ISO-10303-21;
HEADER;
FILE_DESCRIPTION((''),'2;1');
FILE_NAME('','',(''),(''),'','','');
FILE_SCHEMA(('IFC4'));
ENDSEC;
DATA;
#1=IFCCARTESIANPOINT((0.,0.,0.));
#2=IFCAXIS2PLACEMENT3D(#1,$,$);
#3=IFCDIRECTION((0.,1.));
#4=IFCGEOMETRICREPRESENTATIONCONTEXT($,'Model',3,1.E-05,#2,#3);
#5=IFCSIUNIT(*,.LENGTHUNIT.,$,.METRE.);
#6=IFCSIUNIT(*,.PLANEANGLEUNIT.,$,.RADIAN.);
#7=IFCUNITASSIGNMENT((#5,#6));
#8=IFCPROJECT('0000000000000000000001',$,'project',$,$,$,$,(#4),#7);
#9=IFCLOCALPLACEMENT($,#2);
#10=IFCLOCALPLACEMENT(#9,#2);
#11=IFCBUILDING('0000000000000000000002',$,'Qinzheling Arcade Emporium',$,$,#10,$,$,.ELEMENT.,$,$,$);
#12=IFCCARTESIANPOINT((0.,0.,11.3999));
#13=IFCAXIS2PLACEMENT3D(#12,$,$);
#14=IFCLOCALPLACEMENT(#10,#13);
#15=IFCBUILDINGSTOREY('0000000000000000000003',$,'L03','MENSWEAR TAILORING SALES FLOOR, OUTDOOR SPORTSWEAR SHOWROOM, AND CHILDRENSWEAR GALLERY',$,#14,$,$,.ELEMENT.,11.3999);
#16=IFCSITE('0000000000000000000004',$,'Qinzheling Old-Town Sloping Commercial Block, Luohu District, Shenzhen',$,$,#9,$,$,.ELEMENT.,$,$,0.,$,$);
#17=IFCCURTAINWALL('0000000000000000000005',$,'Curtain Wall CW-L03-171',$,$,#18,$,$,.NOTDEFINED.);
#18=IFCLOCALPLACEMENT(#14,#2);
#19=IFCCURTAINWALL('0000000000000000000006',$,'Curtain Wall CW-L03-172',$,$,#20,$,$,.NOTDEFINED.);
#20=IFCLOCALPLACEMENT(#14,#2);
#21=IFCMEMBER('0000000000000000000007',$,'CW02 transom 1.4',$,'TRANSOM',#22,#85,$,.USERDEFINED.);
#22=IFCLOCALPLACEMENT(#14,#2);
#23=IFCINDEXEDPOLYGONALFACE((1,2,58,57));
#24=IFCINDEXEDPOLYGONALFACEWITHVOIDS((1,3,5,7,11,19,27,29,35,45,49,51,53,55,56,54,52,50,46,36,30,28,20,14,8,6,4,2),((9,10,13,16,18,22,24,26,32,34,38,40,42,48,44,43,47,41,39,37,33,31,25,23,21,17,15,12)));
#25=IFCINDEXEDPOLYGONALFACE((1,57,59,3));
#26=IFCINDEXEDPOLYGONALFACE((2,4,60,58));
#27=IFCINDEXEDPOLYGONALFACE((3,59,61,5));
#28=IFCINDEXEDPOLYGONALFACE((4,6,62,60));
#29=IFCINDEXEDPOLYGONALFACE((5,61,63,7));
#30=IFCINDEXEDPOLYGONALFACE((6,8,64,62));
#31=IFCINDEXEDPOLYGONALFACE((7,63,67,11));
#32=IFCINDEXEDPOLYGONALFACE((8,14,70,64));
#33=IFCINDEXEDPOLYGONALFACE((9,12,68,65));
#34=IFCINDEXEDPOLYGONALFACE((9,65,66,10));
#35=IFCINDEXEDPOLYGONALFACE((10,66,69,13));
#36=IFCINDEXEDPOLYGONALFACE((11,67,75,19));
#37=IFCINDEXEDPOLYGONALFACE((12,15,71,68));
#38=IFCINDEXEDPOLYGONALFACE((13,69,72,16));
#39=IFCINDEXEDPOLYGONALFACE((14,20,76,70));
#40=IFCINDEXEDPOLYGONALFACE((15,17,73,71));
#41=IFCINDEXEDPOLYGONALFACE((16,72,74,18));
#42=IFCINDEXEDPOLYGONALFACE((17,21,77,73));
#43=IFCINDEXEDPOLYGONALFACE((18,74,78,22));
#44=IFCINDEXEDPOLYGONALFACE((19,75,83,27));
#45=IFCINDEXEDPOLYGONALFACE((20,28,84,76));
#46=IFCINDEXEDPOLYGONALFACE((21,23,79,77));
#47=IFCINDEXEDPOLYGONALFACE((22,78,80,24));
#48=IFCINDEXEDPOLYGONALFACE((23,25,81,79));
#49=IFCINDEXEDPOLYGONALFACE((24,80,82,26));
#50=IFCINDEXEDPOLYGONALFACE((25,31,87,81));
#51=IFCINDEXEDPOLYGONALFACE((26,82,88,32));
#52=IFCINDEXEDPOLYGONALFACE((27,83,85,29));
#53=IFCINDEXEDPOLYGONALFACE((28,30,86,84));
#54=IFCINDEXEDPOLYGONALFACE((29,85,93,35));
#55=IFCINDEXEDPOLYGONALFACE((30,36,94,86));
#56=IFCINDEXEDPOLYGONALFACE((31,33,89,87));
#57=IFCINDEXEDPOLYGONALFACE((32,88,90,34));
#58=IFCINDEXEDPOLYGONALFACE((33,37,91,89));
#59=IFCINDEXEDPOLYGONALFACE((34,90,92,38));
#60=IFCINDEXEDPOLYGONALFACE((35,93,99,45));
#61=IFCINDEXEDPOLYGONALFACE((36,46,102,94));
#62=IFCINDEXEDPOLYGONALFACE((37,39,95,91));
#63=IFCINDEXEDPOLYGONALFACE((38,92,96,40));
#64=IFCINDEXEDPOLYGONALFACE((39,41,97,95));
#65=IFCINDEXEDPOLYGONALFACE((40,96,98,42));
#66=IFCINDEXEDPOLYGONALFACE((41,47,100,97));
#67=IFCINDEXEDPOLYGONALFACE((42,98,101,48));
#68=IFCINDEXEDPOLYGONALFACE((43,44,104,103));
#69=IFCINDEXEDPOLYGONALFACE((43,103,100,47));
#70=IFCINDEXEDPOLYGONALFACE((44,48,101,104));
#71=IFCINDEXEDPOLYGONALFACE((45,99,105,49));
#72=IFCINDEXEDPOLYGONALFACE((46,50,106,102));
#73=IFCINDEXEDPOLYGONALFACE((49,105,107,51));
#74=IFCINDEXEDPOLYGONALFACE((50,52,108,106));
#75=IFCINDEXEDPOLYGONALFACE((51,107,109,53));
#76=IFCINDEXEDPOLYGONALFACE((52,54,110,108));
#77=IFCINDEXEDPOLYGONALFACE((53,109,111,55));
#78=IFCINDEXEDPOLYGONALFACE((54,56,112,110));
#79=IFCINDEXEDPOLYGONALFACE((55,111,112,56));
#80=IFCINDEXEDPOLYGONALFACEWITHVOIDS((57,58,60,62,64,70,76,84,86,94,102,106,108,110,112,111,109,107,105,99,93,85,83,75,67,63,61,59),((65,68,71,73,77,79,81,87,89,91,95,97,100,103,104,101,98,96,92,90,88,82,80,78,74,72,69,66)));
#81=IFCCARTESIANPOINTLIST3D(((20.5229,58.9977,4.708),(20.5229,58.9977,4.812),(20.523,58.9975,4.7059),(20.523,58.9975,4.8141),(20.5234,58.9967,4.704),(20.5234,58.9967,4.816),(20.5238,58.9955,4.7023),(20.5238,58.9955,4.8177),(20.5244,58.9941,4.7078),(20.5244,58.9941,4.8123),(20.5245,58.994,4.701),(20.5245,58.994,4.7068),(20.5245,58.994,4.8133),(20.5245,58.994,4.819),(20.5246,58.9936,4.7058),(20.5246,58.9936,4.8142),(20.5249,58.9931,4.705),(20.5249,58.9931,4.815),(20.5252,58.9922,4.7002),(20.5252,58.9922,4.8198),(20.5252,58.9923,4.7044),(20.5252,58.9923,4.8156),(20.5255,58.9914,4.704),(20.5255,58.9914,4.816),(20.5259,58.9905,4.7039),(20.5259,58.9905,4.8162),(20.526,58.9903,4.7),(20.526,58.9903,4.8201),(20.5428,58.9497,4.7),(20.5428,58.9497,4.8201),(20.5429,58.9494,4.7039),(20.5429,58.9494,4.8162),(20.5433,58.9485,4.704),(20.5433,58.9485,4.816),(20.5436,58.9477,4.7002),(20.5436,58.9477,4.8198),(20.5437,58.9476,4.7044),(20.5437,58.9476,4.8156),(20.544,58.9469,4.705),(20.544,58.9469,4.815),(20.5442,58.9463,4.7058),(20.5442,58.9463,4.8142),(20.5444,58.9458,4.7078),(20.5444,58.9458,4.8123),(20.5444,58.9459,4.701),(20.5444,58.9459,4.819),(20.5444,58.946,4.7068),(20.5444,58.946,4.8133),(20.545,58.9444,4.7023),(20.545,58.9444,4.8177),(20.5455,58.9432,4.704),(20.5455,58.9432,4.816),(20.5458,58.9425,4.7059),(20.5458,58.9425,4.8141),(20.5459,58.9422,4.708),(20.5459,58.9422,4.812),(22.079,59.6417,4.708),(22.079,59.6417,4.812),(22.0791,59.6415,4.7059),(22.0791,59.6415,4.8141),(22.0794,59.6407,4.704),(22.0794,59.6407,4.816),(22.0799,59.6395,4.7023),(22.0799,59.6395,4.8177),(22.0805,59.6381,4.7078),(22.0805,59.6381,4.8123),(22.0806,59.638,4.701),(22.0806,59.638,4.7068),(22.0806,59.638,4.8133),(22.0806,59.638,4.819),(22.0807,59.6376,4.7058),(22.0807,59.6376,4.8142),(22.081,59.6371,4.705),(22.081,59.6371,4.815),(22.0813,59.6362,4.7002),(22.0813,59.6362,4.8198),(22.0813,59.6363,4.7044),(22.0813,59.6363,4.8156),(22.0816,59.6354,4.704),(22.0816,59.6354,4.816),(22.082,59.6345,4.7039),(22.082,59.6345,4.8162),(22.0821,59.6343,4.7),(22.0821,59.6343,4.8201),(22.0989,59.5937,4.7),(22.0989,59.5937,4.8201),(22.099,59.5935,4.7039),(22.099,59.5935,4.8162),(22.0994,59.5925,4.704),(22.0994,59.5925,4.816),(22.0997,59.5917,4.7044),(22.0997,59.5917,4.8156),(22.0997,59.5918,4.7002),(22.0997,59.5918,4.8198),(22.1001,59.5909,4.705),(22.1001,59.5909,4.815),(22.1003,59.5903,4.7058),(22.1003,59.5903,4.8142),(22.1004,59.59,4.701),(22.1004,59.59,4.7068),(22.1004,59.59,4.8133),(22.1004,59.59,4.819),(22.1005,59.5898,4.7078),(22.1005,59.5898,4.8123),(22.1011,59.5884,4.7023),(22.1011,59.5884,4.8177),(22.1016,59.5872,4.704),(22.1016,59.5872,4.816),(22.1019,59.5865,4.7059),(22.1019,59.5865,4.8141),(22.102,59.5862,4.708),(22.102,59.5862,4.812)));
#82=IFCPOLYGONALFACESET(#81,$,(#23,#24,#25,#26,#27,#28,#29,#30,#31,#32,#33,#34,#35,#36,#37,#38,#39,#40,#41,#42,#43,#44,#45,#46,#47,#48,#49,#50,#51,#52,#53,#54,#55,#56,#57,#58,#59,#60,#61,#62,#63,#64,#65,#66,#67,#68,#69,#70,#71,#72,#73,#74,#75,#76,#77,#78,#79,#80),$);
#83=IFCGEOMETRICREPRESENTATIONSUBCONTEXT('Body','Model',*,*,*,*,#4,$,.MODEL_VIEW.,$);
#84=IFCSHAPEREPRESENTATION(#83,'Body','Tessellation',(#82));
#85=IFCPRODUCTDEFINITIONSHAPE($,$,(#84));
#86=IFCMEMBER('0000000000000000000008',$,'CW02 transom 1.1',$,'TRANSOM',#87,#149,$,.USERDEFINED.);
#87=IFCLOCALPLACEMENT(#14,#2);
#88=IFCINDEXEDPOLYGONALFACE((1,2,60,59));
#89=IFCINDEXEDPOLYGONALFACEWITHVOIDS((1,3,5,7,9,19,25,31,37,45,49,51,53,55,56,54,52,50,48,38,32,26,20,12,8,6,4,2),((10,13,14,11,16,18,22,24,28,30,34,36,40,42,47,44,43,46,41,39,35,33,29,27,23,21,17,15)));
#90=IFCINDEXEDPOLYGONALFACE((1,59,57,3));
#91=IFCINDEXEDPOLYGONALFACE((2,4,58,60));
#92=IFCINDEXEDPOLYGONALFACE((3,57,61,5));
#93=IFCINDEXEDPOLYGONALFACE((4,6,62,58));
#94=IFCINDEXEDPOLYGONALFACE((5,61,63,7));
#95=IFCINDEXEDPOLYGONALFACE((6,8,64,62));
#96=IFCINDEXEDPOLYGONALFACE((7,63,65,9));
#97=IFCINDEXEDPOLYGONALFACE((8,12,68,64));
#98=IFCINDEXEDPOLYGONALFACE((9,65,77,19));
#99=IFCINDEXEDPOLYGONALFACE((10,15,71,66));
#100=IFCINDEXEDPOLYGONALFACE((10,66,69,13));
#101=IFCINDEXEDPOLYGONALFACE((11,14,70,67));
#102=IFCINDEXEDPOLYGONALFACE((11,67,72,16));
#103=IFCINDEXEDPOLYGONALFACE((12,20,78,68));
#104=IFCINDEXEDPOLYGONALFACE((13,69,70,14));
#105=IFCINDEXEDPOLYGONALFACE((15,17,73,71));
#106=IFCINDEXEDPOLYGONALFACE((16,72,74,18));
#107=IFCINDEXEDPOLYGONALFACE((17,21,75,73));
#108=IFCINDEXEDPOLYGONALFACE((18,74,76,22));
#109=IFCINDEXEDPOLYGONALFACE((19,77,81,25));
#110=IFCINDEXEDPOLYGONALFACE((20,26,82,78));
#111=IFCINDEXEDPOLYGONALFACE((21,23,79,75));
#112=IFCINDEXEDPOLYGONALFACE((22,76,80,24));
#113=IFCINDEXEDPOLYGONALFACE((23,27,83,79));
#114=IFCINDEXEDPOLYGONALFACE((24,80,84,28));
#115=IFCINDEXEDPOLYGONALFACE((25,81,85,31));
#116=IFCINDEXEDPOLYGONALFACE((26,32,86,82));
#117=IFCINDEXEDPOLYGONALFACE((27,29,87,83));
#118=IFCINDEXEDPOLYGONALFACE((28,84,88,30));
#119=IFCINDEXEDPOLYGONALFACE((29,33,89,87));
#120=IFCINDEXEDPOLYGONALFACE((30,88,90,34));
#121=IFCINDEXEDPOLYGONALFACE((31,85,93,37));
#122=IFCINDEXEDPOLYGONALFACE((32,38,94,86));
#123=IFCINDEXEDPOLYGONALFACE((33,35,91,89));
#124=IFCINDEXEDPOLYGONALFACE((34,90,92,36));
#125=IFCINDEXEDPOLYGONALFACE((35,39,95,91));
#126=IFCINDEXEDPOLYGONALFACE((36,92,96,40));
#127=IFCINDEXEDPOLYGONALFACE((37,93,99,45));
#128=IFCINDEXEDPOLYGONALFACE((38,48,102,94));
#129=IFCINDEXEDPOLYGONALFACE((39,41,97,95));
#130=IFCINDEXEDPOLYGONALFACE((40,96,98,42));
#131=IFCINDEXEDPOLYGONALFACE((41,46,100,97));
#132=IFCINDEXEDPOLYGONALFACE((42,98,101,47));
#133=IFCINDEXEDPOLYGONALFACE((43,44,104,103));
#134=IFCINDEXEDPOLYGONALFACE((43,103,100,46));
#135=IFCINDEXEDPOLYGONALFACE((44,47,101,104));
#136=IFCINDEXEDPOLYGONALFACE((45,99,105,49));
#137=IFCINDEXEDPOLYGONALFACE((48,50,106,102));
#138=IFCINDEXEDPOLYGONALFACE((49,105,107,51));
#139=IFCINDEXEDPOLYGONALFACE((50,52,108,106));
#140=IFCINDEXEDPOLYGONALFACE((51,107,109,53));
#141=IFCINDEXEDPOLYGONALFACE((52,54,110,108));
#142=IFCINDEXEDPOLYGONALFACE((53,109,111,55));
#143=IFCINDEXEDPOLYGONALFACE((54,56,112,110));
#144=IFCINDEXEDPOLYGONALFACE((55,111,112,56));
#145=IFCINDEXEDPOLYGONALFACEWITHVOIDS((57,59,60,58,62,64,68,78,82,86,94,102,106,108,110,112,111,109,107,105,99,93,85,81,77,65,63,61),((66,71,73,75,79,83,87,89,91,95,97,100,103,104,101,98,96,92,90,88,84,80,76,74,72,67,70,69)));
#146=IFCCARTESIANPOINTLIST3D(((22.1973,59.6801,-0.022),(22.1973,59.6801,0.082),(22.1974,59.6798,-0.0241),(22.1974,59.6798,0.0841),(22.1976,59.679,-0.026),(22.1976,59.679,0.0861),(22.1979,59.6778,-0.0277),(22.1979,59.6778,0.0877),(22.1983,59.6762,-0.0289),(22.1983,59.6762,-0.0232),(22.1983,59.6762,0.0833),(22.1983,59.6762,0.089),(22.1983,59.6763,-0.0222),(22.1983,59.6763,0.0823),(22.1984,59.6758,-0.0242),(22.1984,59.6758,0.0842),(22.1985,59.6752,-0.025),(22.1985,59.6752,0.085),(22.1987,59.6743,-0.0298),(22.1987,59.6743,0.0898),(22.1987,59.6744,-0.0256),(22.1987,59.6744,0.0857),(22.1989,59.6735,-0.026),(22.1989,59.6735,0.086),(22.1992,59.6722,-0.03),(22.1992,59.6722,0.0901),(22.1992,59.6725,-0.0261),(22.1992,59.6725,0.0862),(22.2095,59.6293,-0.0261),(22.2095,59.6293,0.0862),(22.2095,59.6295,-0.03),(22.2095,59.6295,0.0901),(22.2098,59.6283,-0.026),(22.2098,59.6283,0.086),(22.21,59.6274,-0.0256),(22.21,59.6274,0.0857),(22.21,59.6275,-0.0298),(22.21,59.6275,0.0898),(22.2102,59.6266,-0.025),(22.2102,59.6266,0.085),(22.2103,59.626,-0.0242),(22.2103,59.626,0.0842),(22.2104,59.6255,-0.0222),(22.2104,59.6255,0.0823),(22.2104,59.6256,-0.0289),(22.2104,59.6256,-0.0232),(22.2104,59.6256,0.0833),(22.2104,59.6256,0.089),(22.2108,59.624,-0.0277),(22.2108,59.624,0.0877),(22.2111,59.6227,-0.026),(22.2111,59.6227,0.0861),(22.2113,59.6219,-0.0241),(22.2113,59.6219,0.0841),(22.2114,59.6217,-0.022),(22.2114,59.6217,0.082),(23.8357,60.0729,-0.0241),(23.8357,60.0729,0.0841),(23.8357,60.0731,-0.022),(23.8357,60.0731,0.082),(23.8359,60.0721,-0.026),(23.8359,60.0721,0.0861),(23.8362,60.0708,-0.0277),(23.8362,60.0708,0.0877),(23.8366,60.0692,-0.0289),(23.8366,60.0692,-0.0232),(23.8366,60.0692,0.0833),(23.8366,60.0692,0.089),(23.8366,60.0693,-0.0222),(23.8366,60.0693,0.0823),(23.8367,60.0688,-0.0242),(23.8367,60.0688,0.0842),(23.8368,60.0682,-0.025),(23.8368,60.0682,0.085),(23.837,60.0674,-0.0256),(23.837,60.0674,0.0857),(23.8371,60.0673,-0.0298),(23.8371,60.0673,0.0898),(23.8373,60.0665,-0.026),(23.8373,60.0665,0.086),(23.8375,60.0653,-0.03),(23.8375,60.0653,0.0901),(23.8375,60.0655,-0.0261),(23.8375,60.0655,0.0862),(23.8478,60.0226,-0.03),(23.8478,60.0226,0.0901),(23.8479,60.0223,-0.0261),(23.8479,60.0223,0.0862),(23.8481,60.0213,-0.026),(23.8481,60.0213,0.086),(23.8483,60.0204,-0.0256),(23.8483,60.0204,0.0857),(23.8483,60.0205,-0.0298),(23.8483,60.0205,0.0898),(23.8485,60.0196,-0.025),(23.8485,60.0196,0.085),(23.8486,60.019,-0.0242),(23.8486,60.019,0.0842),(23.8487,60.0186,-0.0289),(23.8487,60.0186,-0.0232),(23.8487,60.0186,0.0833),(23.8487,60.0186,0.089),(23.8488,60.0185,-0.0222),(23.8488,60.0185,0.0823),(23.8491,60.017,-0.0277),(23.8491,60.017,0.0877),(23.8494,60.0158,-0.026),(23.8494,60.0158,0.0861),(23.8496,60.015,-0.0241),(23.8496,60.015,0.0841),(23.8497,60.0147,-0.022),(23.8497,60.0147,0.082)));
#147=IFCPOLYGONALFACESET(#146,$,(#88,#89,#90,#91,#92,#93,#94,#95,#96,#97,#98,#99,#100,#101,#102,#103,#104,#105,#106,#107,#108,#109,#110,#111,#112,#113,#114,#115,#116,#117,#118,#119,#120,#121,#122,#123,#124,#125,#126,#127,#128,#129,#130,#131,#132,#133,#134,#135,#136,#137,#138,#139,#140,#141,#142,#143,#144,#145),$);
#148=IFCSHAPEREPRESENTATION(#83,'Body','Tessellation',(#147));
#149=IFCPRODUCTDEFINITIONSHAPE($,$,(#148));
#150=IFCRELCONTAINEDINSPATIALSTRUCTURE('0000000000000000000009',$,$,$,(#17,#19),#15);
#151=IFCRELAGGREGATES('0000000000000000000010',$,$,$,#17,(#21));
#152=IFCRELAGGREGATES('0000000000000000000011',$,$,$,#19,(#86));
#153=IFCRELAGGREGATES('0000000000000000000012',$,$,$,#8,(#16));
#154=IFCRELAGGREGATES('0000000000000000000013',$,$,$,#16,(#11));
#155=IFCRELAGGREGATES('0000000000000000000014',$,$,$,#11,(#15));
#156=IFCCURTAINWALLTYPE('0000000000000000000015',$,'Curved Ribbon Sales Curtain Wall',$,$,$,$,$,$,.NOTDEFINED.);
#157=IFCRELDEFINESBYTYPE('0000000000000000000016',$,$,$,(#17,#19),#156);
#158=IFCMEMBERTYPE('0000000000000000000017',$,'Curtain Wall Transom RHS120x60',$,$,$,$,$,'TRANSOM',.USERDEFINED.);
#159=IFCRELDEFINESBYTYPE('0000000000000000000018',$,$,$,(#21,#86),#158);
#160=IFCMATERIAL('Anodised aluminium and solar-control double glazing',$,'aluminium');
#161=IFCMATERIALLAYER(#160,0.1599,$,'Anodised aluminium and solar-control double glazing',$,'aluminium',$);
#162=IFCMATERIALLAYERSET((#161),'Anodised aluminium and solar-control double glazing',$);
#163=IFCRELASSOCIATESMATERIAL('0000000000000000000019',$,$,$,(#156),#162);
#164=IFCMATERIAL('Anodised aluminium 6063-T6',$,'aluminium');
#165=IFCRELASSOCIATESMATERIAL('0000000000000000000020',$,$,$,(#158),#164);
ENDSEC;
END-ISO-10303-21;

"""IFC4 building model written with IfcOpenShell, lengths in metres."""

from ifc_helpers import new_model, si_unit, direction, frame, origin, origin_2d, place, context, subcontext, project, spatial, hollow_rectangle, extrude, material, layer, layer_set, material_profile, profile_set, type_object, element, aggregate, save


model = new_model("IFC4")

# Units and contexts
model_context = context("Model", 3, precision=1e-05, world=origin(), true_north=direction((0.0, 1.0)))
body_context = subcontext(model_context, "Body", "Model", "MODEL_VIEW")
ifc_project = project(units=[si_unit("LENGTHUNIT", "METRE"), si_unit("PLANEANGLEUNIT", "RADIAN")], contexts=[model_context])

# Site, building, storey
site_placement = place(None, origin())
site = spatial("IfcSite", under=ifc_project, at=site_placement, Name="Qinzheling Old-Town Sloping Commercial Block, Luohu District, Shenzhen", CompositionType="ELEMENT", RefElevation=0.0)
building_placement = place(site_placement, origin())
building = spatial("IfcBuilding", under=site, at=building_placement, Name="Qinzheling Arcade Emporium", CompositionType="ELEMENT")
storey_placement = place(building_placement, frame((0.0, 0.0, 11.3999)))
storey = spatial("IfcBuildingStorey", under=building, at=storey_placement, Name="L03", Description="MENSWEAR TAILORING SALES FLOOR, OUTDOOR SPORTSWEAR SHOWROOM, AND CHILDRENSWEAR GALLERY", CompositionType="ELEMENT", Elevation=11.3999)

# Shared definitions
ifc_material_1 = material(Name="Anodised aluminium and solar-control double glazing", Category="aluminium")
ifc_layer_1 = layer(ifc_material_1, 0.1599, Name="Anodised aluminium and solar-control double glazing", Category="aluminium")
ifc_layer_set_1 = layer_set([ifc_layer_1], Name="Anodised aluminium and solar-control double glazing")
curtain_wall_type = type_object("IfcCurtainWallType", Name="Curved Ribbon Sales Curtain Wall", PredefinedType="NOTDEFINED", material=ifc_layer_set_1)
ifc_material_2 = material(Name="Anodised aluminium 6063-T6", Category="aluminium")

# Curtain walls
curtain_wall_1_placement = place(storey_placement, origin())
curtain_wall_1 = element("IfcCurtainWall", 1, at=curtain_wall_1_placement, inside=storey, type_object=curtain_wall_type, Name="Curtain Wall CW-L03-171", PredefinedType="NOTDEFINED")
curtain_wall_2_placement = place(storey_placement, origin())
curtain_wall_2 = element("IfcCurtainWall", 2, at=curtain_wall_2_placement, inside=storey, type_object=curtain_wall_type, Name="Curtain Wall CW-L03-172", PredefinedType="NOTDEFINED")

# Members
ifc_material_profile_1 = material_profile(ifc_material_2, hollow_rectangle(XDim=0.0601, YDim=0.1201, WallThickness=0.0039, InnerFilletRadius=0.0039, OuterFilletRadius=0.0081, at=origin_2d()), Name="RHS 120x60x4", Category="aluminium")
ifc_profile_set_1 = profile_set([ifc_material_profile_1], Name="Anodised aluminium 6063-T6")
member_type_1 = type_object("IfcMemberType", Name="Curtain Wall Transom RHS120x60", ElementType="TRANSOM", PredefinedType="USERDEFINED", material=ifc_profile_set_1)
member_1_placement = place(storey_placement, frame((20.5344, 58.97, 4.76), z_axis=(0.923992, 0.382412, 0.0), x_axis=(-0.382412, 0.923992, 0.0)))
member_1 = element("IfcMember", 3, at=member_1_placement, type_object=member_type_1, Name="CW02 transom 1.4", ObjectType="TRANSOM", PredefinedType="USERDEFINED", context=body_context, shape_type="SweptSolid", body=[
    extrude(hollow_rectangle(XDim=0.0601, YDim=0.1201, WallThickness=0.0039, InnerFilletRadius=0.0039, OuterFilletRadius=0.0081, at=origin_2d()), origin(), (0.0, 0.0, 1.0), 1.6841),
])
member_2_placement = place(storey_placement, frame((22.2043, 59.6509, 0.03), z_axis=(0.972408, 0.233285, 0.0), x_axis=(-0.233285, 0.972408, 0.0)))
member_2 = element("IfcMember", 4, at=member_2_placement, type_object=member_type_1, Name="CW02 transom 1.1", ObjectType="TRANSOM", PredefinedType="USERDEFINED", context=body_context, shape_type="SweptSolid", body=[
    extrude(hollow_rectangle(XDim=0.0601, YDim=0.1201, WallThickness=0.0039, InnerFilletRadius=0.0039, OuterFilletRadius=0.0081, at=origin_2d()), origin(), (0.0, 0.0, 1.0), 1.6848),
])

aggregate(curtain_wall_1, [member_1])
aggregate(curtain_wall_2, [member_2])

save(model, "model.ifc")
